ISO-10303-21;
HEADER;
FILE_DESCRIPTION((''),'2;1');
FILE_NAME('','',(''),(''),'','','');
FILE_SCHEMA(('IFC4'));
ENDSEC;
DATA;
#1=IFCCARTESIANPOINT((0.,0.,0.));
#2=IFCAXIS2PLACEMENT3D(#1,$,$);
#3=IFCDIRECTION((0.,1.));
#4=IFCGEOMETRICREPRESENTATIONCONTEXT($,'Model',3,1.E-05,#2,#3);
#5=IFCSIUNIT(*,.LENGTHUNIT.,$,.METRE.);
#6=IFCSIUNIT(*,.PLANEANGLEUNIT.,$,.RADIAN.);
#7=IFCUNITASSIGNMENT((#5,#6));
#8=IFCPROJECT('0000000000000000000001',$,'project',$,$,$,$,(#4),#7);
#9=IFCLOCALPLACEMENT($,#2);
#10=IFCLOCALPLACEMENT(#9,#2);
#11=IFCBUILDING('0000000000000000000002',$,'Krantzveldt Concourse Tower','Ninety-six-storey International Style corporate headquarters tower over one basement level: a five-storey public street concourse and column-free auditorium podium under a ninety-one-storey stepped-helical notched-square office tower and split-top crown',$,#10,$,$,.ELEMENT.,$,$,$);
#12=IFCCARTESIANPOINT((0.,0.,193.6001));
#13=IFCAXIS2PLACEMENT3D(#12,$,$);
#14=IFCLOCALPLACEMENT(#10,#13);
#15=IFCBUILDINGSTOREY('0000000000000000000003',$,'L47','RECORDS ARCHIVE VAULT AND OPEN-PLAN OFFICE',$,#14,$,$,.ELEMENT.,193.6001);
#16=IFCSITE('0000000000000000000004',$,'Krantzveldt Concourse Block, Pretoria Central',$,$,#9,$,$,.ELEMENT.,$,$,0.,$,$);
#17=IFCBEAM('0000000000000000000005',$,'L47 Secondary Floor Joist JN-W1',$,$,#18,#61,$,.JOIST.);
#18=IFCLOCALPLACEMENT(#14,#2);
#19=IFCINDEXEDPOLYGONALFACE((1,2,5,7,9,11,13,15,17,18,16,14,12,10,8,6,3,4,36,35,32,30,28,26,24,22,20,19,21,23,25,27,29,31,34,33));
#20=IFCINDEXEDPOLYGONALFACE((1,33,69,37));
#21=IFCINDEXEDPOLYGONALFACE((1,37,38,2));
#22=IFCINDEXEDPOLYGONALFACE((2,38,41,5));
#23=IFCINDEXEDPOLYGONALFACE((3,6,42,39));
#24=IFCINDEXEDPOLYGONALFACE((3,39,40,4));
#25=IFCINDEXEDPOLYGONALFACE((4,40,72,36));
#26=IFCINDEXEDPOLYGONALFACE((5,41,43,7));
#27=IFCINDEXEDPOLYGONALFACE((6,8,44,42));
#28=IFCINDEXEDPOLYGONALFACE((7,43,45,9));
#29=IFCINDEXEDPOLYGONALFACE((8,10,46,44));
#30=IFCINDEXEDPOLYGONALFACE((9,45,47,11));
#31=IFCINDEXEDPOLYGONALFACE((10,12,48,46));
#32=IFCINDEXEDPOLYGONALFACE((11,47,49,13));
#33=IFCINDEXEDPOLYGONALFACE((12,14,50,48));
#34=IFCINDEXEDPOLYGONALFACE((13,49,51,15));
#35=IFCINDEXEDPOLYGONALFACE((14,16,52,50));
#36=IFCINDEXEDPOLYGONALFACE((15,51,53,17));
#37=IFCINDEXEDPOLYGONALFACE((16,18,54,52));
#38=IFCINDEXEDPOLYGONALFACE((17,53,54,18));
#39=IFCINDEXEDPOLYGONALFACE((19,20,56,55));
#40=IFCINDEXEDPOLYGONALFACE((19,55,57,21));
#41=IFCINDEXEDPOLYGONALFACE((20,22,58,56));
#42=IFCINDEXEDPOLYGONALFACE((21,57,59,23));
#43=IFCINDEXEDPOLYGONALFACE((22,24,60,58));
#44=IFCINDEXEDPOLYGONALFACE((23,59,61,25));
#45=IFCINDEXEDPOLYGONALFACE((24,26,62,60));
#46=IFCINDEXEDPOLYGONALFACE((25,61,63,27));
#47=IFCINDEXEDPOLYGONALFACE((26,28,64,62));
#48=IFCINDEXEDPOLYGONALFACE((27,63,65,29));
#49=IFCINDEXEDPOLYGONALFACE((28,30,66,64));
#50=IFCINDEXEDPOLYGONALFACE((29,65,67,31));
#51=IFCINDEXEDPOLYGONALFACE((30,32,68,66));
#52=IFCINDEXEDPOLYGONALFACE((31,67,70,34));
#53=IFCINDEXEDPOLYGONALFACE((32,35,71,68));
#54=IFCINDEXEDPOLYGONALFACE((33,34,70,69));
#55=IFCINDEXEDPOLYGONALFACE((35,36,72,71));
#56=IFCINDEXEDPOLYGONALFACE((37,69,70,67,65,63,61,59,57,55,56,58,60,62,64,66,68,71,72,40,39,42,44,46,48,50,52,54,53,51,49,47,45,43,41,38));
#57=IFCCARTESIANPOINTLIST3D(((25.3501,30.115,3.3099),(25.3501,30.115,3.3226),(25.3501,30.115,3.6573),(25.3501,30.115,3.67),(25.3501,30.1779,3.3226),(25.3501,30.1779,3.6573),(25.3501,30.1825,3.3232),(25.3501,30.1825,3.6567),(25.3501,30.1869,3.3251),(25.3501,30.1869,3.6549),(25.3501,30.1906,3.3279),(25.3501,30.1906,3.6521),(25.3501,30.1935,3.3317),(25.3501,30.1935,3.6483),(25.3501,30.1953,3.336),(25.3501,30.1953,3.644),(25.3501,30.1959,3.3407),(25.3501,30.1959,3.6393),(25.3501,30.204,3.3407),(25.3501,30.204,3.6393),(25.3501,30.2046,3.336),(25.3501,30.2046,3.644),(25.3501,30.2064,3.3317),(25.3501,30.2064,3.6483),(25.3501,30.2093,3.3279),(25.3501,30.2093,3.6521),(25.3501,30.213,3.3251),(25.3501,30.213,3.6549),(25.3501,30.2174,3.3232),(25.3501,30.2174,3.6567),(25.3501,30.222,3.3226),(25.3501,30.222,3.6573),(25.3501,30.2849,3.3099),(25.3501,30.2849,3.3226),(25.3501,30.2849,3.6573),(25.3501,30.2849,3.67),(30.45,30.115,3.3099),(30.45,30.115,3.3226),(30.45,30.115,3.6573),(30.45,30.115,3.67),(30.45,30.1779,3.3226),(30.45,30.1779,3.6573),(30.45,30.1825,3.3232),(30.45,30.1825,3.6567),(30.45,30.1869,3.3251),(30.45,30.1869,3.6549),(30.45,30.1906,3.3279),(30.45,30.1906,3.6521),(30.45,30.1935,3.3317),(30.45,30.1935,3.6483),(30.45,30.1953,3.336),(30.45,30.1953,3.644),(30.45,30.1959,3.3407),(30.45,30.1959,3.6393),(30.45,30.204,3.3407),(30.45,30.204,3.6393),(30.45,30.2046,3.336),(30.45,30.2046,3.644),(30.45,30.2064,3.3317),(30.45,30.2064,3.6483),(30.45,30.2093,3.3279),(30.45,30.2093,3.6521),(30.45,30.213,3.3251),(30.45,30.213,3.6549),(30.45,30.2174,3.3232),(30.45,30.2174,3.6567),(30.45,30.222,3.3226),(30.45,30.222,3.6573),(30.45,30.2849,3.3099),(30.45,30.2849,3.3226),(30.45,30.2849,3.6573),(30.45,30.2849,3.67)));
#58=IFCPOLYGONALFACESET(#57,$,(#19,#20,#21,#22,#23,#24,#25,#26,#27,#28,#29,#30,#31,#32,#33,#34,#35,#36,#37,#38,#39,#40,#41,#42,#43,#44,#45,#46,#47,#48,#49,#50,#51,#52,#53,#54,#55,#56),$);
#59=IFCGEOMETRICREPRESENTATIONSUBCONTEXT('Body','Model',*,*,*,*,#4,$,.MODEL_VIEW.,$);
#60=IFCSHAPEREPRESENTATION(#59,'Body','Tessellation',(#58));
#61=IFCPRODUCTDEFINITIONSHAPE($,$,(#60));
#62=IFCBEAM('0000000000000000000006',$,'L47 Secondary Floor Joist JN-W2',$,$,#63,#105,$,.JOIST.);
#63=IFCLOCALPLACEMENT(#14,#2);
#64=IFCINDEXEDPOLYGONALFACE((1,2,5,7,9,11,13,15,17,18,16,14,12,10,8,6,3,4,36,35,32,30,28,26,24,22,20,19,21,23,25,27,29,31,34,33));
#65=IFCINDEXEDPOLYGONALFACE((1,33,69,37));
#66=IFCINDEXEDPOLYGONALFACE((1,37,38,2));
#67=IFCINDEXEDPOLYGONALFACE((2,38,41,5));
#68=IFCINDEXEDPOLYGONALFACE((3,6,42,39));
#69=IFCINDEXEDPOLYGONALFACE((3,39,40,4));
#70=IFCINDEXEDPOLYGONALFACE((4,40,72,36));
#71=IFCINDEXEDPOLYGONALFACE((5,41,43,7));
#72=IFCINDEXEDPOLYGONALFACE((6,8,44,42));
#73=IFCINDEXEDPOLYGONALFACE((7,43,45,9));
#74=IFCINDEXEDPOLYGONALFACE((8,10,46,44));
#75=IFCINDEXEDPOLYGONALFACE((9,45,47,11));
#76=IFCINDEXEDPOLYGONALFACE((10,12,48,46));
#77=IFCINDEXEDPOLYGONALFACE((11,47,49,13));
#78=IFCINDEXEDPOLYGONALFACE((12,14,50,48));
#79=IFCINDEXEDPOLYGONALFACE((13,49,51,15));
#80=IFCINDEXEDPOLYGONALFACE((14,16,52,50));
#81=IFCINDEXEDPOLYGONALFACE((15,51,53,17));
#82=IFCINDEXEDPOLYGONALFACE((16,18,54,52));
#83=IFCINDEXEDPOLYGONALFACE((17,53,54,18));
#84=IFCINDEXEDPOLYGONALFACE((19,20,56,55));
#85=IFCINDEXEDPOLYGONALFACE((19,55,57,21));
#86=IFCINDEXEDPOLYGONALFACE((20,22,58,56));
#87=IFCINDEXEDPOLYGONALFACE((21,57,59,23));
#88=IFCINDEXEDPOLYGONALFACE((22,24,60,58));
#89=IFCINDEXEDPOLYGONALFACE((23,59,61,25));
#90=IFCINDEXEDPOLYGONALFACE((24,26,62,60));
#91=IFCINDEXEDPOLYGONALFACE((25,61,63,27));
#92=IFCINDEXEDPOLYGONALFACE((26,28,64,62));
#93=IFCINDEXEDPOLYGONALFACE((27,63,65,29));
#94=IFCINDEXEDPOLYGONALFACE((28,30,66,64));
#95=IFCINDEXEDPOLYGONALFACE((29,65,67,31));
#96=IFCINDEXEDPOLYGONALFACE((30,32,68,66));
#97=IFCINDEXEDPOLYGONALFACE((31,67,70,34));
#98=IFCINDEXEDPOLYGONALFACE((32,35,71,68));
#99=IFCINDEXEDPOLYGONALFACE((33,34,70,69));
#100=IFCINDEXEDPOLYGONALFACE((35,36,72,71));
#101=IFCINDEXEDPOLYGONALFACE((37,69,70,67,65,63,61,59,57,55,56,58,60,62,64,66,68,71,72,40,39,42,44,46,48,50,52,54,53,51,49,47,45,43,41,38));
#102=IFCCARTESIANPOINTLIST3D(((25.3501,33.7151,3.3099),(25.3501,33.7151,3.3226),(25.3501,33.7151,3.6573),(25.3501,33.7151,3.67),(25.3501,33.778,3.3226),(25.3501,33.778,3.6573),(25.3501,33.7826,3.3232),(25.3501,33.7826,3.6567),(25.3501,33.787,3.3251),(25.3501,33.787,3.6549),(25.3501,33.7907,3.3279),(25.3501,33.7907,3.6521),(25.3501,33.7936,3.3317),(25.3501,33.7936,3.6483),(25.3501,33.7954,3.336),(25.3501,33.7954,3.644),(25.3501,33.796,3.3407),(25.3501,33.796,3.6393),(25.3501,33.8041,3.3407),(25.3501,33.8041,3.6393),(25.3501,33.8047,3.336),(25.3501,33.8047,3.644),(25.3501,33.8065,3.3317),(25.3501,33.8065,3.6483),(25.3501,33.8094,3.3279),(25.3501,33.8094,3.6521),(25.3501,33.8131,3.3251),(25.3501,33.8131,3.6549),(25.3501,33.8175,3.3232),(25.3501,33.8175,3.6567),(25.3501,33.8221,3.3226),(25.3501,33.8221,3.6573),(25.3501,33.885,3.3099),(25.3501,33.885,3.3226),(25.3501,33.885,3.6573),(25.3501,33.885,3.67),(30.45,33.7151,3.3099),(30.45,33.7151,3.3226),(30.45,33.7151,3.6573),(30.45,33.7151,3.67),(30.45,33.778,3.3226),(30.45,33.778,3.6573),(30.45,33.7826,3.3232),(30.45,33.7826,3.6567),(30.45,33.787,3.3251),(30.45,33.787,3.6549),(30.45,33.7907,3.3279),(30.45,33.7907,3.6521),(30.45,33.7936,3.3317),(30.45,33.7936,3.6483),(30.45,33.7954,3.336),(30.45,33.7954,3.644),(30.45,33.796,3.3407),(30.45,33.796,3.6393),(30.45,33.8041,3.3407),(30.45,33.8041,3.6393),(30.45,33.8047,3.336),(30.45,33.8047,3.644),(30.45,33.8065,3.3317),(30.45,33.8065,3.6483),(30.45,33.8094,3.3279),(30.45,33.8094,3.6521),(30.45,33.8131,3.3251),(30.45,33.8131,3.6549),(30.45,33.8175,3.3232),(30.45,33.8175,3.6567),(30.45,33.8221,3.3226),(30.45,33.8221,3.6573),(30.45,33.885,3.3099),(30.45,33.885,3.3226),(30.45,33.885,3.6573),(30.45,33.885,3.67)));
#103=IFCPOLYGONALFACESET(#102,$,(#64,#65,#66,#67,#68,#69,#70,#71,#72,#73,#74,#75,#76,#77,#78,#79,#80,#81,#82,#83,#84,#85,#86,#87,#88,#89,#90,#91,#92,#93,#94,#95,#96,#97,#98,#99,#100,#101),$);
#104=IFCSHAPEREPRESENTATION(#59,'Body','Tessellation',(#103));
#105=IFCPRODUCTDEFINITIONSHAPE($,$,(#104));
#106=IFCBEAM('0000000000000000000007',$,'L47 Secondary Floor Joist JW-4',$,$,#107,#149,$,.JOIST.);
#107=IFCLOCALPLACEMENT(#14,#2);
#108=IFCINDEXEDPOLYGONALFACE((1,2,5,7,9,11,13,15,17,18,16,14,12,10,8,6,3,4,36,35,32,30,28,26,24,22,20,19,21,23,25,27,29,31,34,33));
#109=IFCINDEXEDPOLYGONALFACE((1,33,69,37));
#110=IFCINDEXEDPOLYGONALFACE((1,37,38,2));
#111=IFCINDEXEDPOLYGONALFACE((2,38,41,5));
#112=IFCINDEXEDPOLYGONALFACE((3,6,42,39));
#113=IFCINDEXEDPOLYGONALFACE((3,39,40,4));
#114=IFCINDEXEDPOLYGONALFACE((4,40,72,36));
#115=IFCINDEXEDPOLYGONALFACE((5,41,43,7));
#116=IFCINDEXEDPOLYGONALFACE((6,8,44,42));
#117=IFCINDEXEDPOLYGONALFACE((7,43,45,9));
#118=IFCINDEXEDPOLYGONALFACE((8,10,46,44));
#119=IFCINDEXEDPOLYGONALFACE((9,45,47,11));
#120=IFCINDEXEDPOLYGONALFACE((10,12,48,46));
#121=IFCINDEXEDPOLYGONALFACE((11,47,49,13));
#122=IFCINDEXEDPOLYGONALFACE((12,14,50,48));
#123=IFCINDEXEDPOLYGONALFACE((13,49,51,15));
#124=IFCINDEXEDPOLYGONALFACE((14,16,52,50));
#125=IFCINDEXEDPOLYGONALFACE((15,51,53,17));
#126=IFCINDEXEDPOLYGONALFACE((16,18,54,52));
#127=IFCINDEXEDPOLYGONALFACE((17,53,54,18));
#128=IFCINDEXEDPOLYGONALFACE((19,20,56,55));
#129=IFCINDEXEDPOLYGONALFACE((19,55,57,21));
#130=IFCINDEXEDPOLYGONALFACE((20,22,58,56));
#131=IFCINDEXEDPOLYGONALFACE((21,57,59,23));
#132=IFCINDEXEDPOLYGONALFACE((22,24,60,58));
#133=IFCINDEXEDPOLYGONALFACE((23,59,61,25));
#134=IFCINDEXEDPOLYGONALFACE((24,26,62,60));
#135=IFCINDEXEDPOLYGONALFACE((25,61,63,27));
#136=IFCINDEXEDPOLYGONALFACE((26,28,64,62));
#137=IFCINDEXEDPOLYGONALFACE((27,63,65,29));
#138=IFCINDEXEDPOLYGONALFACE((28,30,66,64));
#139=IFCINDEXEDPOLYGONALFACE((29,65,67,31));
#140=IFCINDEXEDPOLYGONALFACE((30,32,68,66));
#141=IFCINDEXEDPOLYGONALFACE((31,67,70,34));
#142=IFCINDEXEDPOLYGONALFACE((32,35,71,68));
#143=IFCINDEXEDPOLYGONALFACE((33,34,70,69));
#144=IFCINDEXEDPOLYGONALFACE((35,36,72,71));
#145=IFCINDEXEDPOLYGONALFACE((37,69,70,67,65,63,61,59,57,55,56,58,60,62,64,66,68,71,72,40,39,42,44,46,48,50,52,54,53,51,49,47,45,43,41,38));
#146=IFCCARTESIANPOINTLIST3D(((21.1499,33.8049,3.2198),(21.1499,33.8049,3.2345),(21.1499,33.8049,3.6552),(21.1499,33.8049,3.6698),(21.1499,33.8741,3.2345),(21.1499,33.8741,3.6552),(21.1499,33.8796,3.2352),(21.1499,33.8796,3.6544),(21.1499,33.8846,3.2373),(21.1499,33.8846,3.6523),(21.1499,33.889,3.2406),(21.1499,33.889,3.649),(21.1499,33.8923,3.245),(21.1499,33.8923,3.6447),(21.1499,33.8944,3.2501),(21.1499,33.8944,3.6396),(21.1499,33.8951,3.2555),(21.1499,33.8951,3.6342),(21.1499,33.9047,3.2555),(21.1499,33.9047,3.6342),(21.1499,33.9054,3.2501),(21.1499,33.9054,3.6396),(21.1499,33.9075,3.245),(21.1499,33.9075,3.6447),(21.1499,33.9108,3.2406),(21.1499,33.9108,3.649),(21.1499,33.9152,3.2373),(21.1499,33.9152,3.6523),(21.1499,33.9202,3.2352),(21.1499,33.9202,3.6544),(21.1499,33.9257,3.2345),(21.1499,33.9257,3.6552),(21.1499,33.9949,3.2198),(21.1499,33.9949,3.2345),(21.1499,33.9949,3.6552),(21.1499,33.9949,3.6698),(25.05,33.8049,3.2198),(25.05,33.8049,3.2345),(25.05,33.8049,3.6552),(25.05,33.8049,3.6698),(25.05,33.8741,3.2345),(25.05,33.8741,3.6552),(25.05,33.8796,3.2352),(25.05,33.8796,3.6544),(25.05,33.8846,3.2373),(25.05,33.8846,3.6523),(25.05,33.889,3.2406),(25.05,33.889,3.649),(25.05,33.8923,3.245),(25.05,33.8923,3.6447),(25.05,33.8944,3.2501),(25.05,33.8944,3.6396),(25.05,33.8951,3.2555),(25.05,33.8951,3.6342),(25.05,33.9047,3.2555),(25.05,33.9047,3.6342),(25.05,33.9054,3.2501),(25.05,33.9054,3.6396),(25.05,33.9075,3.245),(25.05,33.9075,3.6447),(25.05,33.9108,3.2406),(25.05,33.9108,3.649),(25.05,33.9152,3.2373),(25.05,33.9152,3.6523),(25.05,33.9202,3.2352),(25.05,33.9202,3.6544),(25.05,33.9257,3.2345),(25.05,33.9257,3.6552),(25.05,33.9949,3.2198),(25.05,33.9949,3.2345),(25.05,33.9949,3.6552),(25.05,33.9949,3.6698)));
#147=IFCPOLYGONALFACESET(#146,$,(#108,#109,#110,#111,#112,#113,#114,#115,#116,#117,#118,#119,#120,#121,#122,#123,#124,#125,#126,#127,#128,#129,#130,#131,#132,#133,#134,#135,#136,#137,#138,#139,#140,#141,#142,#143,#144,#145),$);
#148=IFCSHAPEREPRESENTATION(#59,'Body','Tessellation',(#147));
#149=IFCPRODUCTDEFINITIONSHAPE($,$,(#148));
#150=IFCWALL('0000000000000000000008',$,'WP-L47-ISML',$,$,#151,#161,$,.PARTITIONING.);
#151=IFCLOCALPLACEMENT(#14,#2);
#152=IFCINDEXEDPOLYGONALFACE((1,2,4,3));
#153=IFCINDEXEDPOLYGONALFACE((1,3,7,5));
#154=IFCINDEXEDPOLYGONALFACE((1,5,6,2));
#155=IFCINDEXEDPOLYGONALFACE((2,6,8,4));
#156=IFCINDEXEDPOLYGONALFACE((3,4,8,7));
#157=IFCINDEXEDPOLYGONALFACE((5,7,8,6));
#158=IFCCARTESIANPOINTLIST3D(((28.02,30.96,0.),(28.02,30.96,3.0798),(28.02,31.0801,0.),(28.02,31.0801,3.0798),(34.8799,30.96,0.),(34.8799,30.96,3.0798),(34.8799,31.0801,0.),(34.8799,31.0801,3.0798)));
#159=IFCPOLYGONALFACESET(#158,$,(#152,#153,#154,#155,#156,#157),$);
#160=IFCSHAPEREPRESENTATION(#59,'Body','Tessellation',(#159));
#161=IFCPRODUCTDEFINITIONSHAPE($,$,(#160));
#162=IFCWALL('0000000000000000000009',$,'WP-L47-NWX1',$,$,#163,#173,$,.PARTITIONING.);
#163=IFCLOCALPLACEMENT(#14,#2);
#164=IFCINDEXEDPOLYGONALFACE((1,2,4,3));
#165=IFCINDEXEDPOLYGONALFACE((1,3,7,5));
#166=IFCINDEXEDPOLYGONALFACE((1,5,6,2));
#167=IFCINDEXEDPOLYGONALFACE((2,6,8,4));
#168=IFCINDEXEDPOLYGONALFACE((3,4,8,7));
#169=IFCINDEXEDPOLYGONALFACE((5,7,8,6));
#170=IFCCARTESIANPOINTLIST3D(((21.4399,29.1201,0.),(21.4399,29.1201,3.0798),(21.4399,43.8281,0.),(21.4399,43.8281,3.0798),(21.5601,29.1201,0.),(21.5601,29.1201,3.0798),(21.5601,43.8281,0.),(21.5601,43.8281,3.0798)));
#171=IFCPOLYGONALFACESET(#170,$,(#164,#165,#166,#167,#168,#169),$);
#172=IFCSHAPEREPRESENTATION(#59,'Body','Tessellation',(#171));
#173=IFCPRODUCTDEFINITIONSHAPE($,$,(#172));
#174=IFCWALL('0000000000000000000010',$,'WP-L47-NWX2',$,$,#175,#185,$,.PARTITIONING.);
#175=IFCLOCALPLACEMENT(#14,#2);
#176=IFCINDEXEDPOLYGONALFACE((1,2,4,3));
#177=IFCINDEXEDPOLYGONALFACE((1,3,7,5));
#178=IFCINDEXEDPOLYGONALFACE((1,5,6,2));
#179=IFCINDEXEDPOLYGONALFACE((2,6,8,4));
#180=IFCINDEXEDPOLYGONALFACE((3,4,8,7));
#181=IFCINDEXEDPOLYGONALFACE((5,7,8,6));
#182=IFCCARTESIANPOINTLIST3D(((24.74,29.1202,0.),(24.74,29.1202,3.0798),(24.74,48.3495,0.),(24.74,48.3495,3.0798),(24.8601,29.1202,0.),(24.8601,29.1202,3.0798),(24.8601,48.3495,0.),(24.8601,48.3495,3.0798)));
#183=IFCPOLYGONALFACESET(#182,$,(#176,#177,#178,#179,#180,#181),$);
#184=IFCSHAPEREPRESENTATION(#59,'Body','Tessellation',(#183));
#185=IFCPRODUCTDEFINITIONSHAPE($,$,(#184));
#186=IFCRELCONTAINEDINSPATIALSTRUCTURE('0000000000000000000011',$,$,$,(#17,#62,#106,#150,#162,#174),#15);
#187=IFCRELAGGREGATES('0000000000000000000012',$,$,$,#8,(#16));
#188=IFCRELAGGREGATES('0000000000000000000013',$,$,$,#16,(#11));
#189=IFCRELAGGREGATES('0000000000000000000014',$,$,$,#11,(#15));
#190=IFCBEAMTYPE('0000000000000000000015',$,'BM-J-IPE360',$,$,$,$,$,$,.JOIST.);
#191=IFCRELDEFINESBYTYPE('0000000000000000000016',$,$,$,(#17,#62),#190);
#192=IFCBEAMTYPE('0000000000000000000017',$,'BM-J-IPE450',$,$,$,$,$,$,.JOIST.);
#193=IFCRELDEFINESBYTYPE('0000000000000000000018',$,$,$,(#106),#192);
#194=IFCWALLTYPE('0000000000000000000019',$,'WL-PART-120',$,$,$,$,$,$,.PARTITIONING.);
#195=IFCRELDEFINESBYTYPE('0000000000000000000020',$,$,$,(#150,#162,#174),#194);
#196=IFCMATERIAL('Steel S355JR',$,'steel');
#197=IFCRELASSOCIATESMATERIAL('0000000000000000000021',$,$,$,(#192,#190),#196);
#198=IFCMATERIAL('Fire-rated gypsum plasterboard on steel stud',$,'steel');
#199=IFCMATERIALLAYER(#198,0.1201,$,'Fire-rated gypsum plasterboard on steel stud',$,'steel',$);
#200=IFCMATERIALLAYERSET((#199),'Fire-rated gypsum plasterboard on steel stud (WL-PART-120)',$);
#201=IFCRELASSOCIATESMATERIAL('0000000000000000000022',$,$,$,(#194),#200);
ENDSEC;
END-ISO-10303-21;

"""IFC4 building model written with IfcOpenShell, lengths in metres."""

from ifc_helpers import new_model, si_unit, direction, frame, frame_2d, origin, origin_2d, place, context, subcontext, project, spatial, rectangle, i_section, extrude, source, transform, mapped, material, layer, layer_set, material_profile, profile_set, type_object, type_shapes, element, save


model = new_model("IFC4")

# Units and contexts
model_context = context("Model", 3, precision=1e-05, world=origin(), true_north=direction((0.0, 1.0)))
body_context = subcontext(model_context, "Body", "Model", "MODEL_VIEW")
ifc_project = project(units=[si_unit("LENGTHUNIT", "METRE"), si_unit("PLANEANGLEUNIT", "RADIAN")], contexts=[model_context])

# Site, building, storey
site_placement = place(None, origin())
site = spatial("IfcSite", under=ifc_project, at=site_placement, Name="Krantzveldt Concourse Block, Pretoria Central", CompositionType="ELEMENT", RefElevation=0.0)
building_placement = place(site_placement, origin())
building = spatial("IfcBuilding", under=site, at=building_placement, Name="Krantzveldt Concourse Tower", Description="Ninety-six-storey International Style corporate headquarters tower over one basement level: a five-storey public street concourse and column-free auditorium podium under a ninety-one-storey stepped-helical notched-square office tower and split-top crown", CompositionType="ELEMENT")
storey_placement = place(building_placement, frame((0.0, 0.0, 193.6001)))
storey = spatial("IfcBuildingStorey", under=building, at=storey_placement, Name="L47", Description="RECORDS ARCHIVE VAULT AND OPEN-PLAN OFFICE", CompositionType="ELEMENT", Elevation=193.6001)

# Beams
ifc_material_1 = material(Name="Steel S355JR", Category="steel")
ifc_material_profile_1 = material_profile(ifc_material_1, i_section(OverallWidth=0.1899, OverallDepth=0.45, WebThickness=0.0095, FlangeThickness=0.0146, FilletRadius=0.021, at=origin_2d()), Name="Steel S355JR", Category="steel")
ifc_profile_set_1 = profile_set([ifc_material_profile_1], Name="Steel S355JR - IPE 450")
beam_type_1 = type_object("IfcBeamType", Name="BM-J-IPE450", PredefinedType="JOIST", material=ifc_profile_set_1)
ifc_material_profile_2 = material_profile(ifc_material_1, i_section(OverallWidth=0.1699, OverallDepth=0.3601, WebThickness=0.0081, FlangeThickness=0.0127, FilletRadius=0.0181, at=origin_2d()), Name="Steel S355JR", Category="steel")
ifc_profile_set_2 = profile_set([ifc_material_profile_2], Name="Steel S355JR - IPE 360")
beam_type_2 = type_object("IfcBeamType", Name="BM-J-IPE360", PredefinedType="JOIST", material=ifc_profile_set_2)
shared_shape_1 = source(origin(), body_context, "Body", "SweptSolid", [
    extrude(i_section(OverallWidth=0.1699, OverallDepth=0.3601, WebThickness=0.0081, FlangeThickness=0.0127, FilletRadius=0.0181, at=origin_2d()), origin(), (0.0, 0.0, 1.0), 5.0999),
])
type_shapes(beam_type_2, [shared_shape_1])
for number, where, z_axis, x_axis, name in (
    (1, (25.3501, 30.2, 3.49), (1.0, 0.0, 0.0), (0.0, 1.0, 0.0), "L47 Secondary Floor Joist JN-W1"),
    (2, (25.3501, 33.8, 3.49), (1.0, 0.0, 0.0), (0.0, 1.0, 0.0), "L47 Secondary Floor Joist JN-W2"),
):
    element("IfcBeam", number, at=place(storey_placement, frame(where, z_axis=z_axis, x_axis=x_axis)), inside=storey, type_object=beam_type_2, Name=name, PredefinedType="JOIST", context=body_context, shape_type="MappedRepresentation", body=[
        mapped(shared_shape_1, transform((0.0, 0.0, 0.0), x_axis=(1.0, 0.0, 0.0), y_axis=(0.0, 1.0, 0.0), z_axis=(0.0, 0.0, 1.0), scale=1.0)),
    ])
shared_shape_2 = source(origin(), body_context, "Body", "SweptSolid", [
    extrude(i_section(OverallWidth=0.1899, OverallDepth=0.45, WebThickness=0.0095, FlangeThickness=0.0146, FilletRadius=0.021, at=origin_2d()), origin(), (0.0, 0.0, 1.0), 3.9001),
])
beam_1_placement = place(storey_placement, frame((21.1499, 33.8999, 3.4448), z_axis=(1.0, 0.0, 0.0), x_axis=(0.0, 1.0, 0.0)))
element("IfcBeam", 3, at=beam_1_placement, inside=storey, type_object=beam_type_1, Name="L47 Secondary Floor Joist JW-4", PredefinedType="JOIST", context=body_context, shape_type="MappedRepresentation", body=[
    mapped(shared_shape_2, transform((0.0, 0.0, 0.0), x_axis=(1.0, 0.0, 0.0), y_axis=(0.0, 1.0, 0.0), z_axis=(0.0, 0.0, 1.0), scale=1.0)),
])

# Walls
ifc_material_2 = material(Name="Fire-rated gypsum plasterboard on steel stud", Category="steel")
ifc_layer_1 = layer(ifc_material_2, 0.1201, Name="Fire-rated gypsum plasterboard on steel stud", Category="steel")
ifc_layer_set_1 = layer_set([ifc_layer_1], Name="Fire-rated gypsum plasterboard on steel stud (WL-PART-120)")
wall_type_1 = type_object("IfcWallType", Name="WL-PART-120", PredefinedType="PARTITIONING", material=ifc_layer_set_1)
wall_1_placement = place(storey_placement, frame((28.02, 31.02, 0.0), z_axis=(0.0, 0.0, 1.0), x_axis=(1.0, 0.0, 0.0)))
element("IfcWall", 4, at=wall_1_placement, inside=storey, type_object=wall_type_1, Name="WP-L47-ISML", PredefinedType="PARTITIONING", context=body_context, shape_type="SweptSolid", body=[
    extrude(rectangle(XDim=6.8599, YDim=0.1201, at=frame_2d((3.4299, 0.0))), origin(), (0.0, 0.0, 1.0), 3.0798),
])
wall_2_placement = place(storey_placement, frame((21.5, 29.1201, 0.0), z_axis=(0.0, 0.0, 1.0), x_axis=(0.0, 1.0, 0.0)))
element("IfcWall", 5, at=wall_2_placement, inside=storey, type_object=wall_type_1, Name="WP-L47-NWX1", PredefinedType="PARTITIONING", context=body_context, shape_type="SweptSolid", body=[
    extrude(rectangle(XDim=14.708, YDim=0.1201, at=frame_2d((7.354, 0.0))), origin(), (0.0, 0.0, 1.0), 3.0798),
])
wall_3_placement = place(storey_placement, frame((24.8, 29.1201, 0.0), z_axis=(0.0, 0.0, 1.0), x_axis=(0.0, 1.0, 0.0)))
element("IfcWall", 6, at=wall_3_placement, inside=storey, type_object=wall_type_1, Name="WP-L47-NWX2", PredefinedType="PARTITIONING", context=body_context, shape_type="SweptSolid", body=[
    extrude(rectangle(XDim=19.2292, YDim=0.1201, at=frame_2d((9.6147, 0.0))), origin(), (0.0, 0.0, 1.0), 3.0798),
])

save(model, "model.ifc")
